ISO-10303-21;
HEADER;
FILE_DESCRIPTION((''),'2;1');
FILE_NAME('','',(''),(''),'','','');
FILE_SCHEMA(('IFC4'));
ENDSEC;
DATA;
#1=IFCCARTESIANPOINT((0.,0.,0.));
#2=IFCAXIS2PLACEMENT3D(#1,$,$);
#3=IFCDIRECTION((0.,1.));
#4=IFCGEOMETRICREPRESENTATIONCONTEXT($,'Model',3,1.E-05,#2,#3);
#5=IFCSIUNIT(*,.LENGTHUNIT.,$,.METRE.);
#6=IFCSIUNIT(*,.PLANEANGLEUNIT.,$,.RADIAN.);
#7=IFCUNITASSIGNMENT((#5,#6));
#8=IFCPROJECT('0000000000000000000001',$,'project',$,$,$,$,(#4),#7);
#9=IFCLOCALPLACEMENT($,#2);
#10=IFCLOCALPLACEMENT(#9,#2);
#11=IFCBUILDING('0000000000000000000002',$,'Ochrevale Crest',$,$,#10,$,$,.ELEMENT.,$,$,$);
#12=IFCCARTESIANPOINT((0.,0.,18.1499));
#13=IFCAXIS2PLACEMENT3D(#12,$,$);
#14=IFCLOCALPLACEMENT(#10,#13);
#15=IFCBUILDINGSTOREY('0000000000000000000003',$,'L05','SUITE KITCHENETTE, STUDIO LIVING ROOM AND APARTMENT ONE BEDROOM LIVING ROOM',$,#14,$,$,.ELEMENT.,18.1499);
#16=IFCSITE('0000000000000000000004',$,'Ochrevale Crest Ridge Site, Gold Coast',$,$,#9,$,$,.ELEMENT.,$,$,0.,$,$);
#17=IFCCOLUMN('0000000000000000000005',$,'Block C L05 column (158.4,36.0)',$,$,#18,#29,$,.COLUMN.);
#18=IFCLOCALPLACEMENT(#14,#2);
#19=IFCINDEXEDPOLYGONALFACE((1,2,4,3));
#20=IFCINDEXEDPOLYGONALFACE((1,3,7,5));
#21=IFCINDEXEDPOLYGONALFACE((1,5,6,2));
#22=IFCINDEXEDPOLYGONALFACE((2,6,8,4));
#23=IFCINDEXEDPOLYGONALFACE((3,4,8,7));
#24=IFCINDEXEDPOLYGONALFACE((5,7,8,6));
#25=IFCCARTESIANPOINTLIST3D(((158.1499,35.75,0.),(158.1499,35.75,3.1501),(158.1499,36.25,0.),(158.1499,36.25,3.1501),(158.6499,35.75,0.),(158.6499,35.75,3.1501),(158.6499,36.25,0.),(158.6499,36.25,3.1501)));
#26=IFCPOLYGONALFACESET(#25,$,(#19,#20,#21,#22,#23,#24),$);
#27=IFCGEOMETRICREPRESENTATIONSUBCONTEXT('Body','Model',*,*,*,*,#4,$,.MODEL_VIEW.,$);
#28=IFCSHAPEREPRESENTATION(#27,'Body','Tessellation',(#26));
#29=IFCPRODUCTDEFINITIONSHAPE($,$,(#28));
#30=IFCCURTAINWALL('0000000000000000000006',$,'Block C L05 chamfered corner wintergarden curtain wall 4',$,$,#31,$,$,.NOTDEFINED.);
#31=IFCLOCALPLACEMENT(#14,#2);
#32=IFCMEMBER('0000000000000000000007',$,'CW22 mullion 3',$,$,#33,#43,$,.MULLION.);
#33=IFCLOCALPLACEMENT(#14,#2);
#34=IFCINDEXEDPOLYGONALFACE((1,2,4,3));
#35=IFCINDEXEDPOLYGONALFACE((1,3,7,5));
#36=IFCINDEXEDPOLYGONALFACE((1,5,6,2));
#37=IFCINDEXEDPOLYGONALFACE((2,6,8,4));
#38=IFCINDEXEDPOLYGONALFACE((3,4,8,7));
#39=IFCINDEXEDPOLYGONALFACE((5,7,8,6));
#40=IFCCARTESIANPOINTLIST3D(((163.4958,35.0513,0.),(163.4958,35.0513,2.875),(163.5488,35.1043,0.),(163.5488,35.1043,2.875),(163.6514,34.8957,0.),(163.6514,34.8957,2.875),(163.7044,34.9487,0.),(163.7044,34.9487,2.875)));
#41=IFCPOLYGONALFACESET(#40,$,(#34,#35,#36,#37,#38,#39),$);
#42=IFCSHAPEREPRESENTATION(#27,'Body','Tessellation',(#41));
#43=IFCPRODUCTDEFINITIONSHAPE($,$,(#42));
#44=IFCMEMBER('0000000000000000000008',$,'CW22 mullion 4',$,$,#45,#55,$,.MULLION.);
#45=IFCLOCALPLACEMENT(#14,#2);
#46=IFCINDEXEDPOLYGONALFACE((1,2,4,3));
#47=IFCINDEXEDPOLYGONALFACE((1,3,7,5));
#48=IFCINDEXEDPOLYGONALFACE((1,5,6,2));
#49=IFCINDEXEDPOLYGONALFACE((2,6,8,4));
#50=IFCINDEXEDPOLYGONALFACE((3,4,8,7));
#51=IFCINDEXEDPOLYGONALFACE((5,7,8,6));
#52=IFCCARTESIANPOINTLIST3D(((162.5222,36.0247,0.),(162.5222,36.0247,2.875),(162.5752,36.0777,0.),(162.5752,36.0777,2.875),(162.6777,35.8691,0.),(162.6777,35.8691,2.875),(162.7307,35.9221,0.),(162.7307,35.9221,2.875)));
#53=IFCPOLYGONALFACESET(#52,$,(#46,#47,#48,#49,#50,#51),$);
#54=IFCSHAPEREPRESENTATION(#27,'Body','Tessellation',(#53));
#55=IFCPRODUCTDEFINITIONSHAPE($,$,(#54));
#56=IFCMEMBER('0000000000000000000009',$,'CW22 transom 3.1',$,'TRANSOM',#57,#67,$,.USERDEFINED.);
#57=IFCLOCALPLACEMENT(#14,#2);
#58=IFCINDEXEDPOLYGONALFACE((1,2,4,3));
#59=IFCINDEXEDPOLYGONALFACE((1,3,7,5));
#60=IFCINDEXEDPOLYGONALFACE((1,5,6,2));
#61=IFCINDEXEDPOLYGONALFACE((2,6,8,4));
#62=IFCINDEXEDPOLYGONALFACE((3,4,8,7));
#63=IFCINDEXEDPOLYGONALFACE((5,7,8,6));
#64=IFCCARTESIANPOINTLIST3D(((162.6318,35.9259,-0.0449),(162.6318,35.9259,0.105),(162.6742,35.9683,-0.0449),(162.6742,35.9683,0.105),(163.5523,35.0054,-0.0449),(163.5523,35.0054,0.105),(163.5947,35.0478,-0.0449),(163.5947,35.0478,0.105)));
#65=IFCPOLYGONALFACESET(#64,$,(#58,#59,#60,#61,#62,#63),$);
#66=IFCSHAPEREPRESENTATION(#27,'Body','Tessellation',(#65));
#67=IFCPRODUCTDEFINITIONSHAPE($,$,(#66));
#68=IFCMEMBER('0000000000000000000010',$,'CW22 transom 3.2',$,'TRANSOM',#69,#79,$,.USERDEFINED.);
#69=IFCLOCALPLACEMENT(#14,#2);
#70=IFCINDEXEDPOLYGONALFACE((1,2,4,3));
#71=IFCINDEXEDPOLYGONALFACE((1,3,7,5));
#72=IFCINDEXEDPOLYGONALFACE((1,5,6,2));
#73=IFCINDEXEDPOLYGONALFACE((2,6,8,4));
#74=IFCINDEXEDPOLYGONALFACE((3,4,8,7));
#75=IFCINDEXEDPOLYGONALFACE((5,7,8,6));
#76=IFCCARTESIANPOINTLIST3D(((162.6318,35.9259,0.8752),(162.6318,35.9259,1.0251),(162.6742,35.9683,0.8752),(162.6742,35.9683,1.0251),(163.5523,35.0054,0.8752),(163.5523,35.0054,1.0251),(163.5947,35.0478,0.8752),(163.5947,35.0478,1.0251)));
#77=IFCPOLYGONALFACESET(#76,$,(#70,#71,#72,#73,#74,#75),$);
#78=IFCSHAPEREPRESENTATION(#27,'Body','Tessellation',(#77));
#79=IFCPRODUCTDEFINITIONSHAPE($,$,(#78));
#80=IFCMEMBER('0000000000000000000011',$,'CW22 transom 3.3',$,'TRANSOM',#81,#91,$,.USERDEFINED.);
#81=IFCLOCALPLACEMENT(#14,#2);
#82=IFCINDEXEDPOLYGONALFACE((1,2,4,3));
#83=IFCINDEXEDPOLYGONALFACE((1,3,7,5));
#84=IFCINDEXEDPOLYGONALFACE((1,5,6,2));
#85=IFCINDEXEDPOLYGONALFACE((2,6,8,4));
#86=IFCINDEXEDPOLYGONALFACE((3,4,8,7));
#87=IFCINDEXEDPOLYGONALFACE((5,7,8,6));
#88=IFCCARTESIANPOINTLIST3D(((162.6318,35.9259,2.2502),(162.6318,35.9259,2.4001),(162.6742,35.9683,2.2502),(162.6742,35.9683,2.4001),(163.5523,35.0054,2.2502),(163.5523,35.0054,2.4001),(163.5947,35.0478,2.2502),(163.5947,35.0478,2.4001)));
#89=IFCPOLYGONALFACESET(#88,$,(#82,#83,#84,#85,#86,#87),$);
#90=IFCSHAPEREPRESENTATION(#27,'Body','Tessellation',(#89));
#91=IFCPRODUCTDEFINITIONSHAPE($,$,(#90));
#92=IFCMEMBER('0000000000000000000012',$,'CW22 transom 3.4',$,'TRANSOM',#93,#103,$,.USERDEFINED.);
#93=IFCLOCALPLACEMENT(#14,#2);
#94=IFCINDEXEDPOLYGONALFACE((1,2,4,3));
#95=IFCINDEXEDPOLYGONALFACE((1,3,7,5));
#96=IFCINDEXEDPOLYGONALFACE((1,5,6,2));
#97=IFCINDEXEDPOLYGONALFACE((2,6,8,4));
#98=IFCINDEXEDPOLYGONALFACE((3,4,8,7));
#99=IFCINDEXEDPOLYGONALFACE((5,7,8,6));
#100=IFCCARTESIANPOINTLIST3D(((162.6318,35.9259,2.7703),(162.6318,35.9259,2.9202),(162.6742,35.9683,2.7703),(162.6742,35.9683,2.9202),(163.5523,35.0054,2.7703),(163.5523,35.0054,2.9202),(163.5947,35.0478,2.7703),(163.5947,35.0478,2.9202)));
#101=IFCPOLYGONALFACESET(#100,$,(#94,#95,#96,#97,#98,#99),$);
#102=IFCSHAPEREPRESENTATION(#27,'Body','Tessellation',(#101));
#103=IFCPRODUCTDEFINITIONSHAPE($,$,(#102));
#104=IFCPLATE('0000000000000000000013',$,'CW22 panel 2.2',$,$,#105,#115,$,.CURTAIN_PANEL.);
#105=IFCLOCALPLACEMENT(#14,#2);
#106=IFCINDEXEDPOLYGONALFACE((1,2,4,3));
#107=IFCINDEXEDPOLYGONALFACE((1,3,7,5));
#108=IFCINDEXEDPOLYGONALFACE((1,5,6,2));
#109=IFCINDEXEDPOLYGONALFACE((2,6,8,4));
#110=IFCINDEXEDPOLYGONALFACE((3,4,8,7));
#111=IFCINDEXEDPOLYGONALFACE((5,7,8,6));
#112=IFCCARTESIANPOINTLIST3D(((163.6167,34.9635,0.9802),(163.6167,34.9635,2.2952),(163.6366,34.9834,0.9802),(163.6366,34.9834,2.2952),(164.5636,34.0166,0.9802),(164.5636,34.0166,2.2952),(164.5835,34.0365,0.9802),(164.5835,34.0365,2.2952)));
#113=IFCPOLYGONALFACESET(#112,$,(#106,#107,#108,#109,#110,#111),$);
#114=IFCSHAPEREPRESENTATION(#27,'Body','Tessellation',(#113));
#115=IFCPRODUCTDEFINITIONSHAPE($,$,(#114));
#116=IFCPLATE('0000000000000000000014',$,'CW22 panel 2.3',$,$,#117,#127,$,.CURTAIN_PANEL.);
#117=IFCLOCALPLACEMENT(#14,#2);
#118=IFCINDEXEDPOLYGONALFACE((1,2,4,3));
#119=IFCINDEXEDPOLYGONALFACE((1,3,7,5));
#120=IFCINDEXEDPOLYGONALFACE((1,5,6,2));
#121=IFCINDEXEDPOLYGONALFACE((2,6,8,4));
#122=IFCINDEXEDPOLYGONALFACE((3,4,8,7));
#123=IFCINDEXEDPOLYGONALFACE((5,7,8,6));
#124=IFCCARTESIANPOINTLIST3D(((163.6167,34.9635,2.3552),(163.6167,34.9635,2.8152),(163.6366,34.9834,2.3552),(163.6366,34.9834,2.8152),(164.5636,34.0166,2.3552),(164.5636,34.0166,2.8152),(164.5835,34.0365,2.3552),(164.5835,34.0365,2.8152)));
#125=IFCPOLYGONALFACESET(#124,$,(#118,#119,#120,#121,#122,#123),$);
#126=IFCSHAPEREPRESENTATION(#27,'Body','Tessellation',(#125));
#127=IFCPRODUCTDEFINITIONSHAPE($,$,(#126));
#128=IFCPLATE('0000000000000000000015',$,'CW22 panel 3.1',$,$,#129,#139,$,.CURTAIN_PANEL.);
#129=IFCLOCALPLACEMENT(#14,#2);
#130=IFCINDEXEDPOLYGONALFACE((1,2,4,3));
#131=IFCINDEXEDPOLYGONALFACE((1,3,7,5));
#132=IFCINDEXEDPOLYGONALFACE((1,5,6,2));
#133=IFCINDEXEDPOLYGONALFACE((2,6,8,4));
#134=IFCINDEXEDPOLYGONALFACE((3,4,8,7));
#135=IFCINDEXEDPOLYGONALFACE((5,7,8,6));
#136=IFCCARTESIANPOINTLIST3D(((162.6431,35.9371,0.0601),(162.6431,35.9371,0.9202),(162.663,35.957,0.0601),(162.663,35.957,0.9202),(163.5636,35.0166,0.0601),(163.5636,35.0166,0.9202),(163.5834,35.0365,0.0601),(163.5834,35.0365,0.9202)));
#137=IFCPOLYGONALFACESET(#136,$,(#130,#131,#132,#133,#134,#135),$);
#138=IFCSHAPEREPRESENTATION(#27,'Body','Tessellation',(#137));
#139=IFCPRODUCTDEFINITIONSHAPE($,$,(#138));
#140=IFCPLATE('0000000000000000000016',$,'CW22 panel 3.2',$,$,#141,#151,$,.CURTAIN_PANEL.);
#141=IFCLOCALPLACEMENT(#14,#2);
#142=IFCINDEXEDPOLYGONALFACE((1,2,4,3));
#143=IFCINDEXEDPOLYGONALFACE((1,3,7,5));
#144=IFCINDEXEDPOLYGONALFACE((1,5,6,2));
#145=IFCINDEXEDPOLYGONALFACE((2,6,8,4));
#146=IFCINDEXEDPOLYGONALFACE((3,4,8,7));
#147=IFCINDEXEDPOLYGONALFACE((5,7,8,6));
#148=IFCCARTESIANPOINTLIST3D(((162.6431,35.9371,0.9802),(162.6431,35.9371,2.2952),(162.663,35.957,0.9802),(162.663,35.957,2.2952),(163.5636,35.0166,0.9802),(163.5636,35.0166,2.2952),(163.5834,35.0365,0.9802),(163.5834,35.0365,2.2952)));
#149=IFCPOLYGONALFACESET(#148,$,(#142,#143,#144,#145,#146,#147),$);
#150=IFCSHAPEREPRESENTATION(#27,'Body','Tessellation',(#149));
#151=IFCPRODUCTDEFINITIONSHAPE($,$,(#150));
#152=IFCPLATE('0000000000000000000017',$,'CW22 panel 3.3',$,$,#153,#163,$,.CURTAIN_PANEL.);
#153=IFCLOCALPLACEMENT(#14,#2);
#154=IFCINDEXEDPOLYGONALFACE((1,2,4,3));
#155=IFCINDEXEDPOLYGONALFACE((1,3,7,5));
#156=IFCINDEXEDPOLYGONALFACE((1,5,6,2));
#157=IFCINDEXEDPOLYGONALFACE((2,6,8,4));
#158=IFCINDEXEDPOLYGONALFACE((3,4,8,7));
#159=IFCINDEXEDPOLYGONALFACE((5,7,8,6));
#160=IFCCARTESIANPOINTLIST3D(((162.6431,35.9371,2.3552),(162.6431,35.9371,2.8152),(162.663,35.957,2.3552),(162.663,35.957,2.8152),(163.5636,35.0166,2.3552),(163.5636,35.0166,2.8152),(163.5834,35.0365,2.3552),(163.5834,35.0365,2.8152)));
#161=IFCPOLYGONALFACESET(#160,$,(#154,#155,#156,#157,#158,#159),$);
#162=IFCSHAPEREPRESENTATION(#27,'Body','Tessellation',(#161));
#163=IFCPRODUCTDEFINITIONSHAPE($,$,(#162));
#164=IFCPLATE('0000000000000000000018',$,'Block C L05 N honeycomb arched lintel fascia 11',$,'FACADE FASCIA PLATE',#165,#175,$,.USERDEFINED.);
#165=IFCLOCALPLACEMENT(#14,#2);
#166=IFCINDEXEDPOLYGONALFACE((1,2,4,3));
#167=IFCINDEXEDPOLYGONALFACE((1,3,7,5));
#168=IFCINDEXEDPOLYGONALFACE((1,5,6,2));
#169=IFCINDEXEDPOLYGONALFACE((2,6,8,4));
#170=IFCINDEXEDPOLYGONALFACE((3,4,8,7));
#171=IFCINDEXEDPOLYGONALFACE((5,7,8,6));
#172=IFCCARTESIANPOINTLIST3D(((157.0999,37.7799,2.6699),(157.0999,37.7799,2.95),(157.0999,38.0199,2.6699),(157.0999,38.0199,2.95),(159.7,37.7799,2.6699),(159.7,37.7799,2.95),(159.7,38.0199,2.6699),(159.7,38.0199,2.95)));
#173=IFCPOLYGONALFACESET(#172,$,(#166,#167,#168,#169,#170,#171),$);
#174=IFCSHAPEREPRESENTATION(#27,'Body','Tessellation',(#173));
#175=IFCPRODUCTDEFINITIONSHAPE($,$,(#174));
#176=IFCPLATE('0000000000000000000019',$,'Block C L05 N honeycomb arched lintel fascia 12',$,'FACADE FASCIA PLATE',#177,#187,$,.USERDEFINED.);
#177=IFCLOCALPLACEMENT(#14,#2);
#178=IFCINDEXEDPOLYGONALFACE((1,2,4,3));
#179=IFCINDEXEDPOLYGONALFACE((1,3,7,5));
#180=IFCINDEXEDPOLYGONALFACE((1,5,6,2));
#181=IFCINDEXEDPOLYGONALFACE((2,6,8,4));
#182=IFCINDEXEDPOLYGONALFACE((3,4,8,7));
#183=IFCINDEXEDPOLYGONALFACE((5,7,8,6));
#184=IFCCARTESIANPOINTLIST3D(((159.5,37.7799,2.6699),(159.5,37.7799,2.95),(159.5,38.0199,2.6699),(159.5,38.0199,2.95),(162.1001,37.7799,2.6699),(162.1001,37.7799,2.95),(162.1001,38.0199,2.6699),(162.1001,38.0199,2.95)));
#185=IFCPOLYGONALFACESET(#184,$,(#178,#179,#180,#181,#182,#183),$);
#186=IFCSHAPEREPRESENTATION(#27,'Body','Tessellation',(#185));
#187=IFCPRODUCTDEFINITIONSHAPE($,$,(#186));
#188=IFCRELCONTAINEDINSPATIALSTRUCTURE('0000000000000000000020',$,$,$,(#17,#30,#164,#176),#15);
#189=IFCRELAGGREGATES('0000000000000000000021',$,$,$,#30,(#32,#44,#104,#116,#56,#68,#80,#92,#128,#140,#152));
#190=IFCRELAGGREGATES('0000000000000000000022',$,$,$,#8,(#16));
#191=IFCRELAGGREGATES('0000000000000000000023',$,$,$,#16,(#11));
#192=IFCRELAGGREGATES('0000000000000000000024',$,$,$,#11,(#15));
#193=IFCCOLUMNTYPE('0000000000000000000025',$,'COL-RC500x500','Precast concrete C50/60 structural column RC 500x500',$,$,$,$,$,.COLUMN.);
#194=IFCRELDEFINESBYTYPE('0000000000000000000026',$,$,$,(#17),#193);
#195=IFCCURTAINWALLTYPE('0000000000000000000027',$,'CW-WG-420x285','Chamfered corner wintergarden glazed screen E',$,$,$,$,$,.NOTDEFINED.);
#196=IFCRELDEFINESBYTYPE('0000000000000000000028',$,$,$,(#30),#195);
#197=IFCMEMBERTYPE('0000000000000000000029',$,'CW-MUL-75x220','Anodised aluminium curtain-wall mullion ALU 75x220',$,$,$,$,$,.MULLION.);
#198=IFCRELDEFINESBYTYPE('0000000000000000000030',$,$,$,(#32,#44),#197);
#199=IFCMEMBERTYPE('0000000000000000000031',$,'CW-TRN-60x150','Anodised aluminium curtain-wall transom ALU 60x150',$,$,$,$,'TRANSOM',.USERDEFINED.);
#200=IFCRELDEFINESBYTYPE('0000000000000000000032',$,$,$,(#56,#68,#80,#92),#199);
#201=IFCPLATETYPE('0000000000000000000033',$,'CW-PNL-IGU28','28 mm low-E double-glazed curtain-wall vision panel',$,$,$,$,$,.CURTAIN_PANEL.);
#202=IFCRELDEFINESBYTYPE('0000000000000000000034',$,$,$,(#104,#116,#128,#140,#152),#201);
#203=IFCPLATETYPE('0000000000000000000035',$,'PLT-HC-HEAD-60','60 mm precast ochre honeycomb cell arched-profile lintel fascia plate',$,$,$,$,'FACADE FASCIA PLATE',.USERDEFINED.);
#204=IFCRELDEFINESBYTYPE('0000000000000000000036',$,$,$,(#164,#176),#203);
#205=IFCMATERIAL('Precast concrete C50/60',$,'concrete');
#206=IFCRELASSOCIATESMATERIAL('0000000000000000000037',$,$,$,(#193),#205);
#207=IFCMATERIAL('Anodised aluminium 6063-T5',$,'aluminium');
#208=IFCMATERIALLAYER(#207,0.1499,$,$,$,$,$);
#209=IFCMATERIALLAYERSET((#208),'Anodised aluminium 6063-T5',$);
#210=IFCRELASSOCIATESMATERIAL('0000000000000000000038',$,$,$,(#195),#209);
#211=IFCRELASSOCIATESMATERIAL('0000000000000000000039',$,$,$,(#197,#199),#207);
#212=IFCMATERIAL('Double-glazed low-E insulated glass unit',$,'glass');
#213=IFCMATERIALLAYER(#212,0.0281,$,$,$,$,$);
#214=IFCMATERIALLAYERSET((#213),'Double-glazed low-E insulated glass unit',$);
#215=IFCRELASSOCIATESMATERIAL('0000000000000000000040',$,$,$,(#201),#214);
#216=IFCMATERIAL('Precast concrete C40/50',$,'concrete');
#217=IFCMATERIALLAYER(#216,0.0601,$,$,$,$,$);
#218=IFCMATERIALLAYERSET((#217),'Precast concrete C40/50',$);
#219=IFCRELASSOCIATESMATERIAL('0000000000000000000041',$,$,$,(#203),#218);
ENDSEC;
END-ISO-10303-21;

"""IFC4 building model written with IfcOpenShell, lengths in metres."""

from ifc_helpers import new_model, si_unit, direction, frame, origin, origin_2d, place, context, subcontext, project, spatial, rectangle, extrude, material, layer, layer_set, material_profile, profile_set, type_object, element, aggregate, save


model = new_model("IFC4")

# Units and contexts
model_context = context("Model", 3, precision=1e-05, world=origin(), true_north=direction((0.0, 1.0)))
body_context = subcontext(model_context, "Body", "Model", "MODEL_VIEW")
ifc_project = project(units=[si_unit("LENGTHUNIT", "METRE"), si_unit("PLANEANGLEUNIT", "RADIAN")], contexts=[model_context])

# Site, building, storey
site_placement = place(None, origin())
site = spatial("IfcSite", under=ifc_project, at=site_placement, Name="Ochrevale Crest Ridge Site, Gold Coast", CompositionType="ELEMENT", RefElevation=0.0)
building_placement = place(site_placement, origin())
building = spatial("IfcBuilding", under=site, at=building_placement, Name="Ochrevale Crest", CompositionType="ELEMENT")
storey_placement = place(building_placement, frame((0.0, 0.0, 18.1499)))
storey = spatial("IfcBuildingStorey", under=building, at=storey_placement, Name="L05", Description="SUITE KITCHENETTE, STUDIO LIVING ROOM AND APARTMENT ONE BEDROOM LIVING ROOM", CompositionType="ELEMENT", Elevation=18.1499)

# Column
ifc_material_1 = material(Name="Precast concrete C50/60", Category="concrete")
ifc_material_profile_1 = material_profile(ifc_material_1, rectangle(XDim=0.5, YDim=0.5, at=origin_2d()), Name="RC 500x500")
ifc_profile_set_1 = profile_set([ifc_material_profile_1], Name="Precast concrete C50/60")
column_type = type_object("IfcColumnType", Name="COL-RC500x500", Description="Precast concrete C50/60 structural column RC 500x500", PredefinedType="COLUMN", material=ifc_profile_set_1)
column_placement = place(storey_placement, frame((158.3999, 36.0, 0.0), z_axis=(0.0, 0.0, 1.0), x_axis=(1.0, 0.0, 0.0)))
element("IfcColumn", 1, at=column_placement, inside=storey, type_object=column_type, Name="Block C L05 column (158.4,36.0)", PredefinedType="COLUMN", context=body_context, shape_type="SweptSolid", body=[
    extrude(rectangle(XDim=0.5, YDim=0.5, at=origin_2d()), origin(), (0.0, 0.0, 1.0), 3.1501),
])

# Curtain wall, members, plates
ifc_material_2 = material(Name="Anodised aluminium 6063-T5", Category="aluminium")
ifc_layer_1 = layer(ifc_material_2, 0.1499)
ifc_layer_set_1 = layer_set([ifc_layer_1], Name="Anodised aluminium 6063-T5")
curtain_wall_type = type_object("IfcCurtainWallType", Name="CW-WG-420x285", Description="Chamfered corner wintergarden glazed screen E", PredefinedType="NOTDEFINED", material=ifc_layer_set_1)
curtain_wall_placement = place(storey_placement, origin())
curtain_wall = element("IfcCurtainWall", 2, at=curtain_wall_placement, inside=storey, type_object=curtain_wall_type, Name="Block C L05 chamfered corner wintergarden curtain wall 4", PredefinedType="NOTDEFINED")
ifc_material_profile_2 = material_profile(ifc_material_2, rectangle(XDim=0.075, YDim=0.22, at=origin_2d()), Name="ALU 75x220")
ifc_profile_set_2 = profile_set([ifc_material_profile_2], Name="Anodised aluminium 6063-T5")
member_type_1 = type_object("IfcMemberType", Name="CW-MUL-75x220", Description="Anodised aluminium curtain-wall mullion ALU 75x220", PredefinedType="MULLION", material=ifc_profile_set_2)
member_1_placement = place(storey_placement, frame((163.6001, 35.0, 0.0), z_axis=(0.0, 0.0, 1.0), x_axis=(-0.707107, -0.707107, 0.0)))
member_1 = element("IfcMember", 3, at=member_1_placement, type_object=member_type_1, Name="CW22 mullion 3", PredefinedType="MULLION", context=body_context, shape_type="SweptSolid", body=[
    extrude(rectangle(XDim=0.075, YDim=0.22, at=origin_2d()), origin(), (0.0, 0.0, 1.0), 2.875),
])
member_2_placement = place(storey_placement, frame((162.6265, 35.9734, 0.0), z_axis=(0.0, 0.0, 1.0), x_axis=(-0.707107, -0.707107, 0.0)))
member_2 = element("IfcMember", 4, at=member_2_placement, type_object=member_type_1, Name="CW22 mullion 4", PredefinedType="MULLION", context=body_context, shape_type="SweptSolid", body=[
    extrude(rectangle(XDim=0.075, YDim=0.22, at=origin_2d()), origin(), (0.0, 0.0, 1.0), 2.875),
])
ifc_material_profile_3 = material_profile(ifc_material_2, rectangle(XDim=0.0601, YDim=0.1499, at=origin_2d()), Name="ALU 60x150")
ifc_profile_set_3 = profile_set([ifc_material_profile_3], Name="Anodised aluminium 6063-T5")
member_type_2 = type_object("IfcMemberType", Name="CW-TRN-60x150", Description="Anodised aluminium curtain-wall transom ALU 60x150", ElementType="TRANSOM", PredefinedType="USERDEFINED", material=ifc_profile_set_3)
member_3_placement = place(storey_placement, frame((163.5735, 35.0266, 0.03), z_axis=(-0.707107, 0.707107, 0.0), x_axis=(-0.707107, -0.707107, 0.0)))
member_3 = element("IfcMember", 5, at=member_3_placement, type_object=member_type_2, Name="CW22 transom 3.1", ObjectType="TRANSOM", PredefinedType="USERDEFINED", context=body_context, shape_type="SweptSolid", body=[
    extrude(rectangle(XDim=0.0601, YDim=0.1499, at=origin_2d()), origin(), (0.0, 0.0, 1.0), 1.3018),
])
member_4_placement = place(storey_placement, frame((163.5735, 35.0266, 0.9502), z_axis=(-0.707107, 0.707107, 0.0), x_axis=(-0.707107, -0.707107, 0.0)))
member_4 = element("IfcMember", 6, at=member_4_placement, type_object=member_type_2, Name="CW22 transom 3.2", ObjectType="TRANSOM", PredefinedType="USERDEFINED", context=body_context, shape_type="SweptSolid", body=[
    extrude(rectangle(XDim=0.0601, YDim=0.1499, at=origin_2d()), origin(), (0.0, 0.0, 1.0), 1.3018),
])
member_5_placement = place(storey_placement, frame((163.5735, 35.0266, 2.3252), z_axis=(-0.707107, 0.707107, 0.0), x_axis=(-0.707107, -0.707107, 0.0)))
member_5 = element("IfcMember", 7, at=member_5_placement, type_object=member_type_2, Name="CW22 transom 3.3", ObjectType="TRANSOM", PredefinedType="USERDEFINED", context=body_context, shape_type="SweptSolid", body=[
    extrude(rectangle(XDim=0.0601, YDim=0.1499, at=origin_2d()), origin(), (0.0, 0.0, 1.0), 1.3018),
])
member_6_placement = place(storey_placement, frame((163.5735, 35.0266, 2.8452), z_axis=(-0.707107, 0.707107, 0.0), x_axis=(-0.707107, -0.707107, 0.0)))
member_6 = element("IfcMember", 8, at=member_6_placement, type_object=member_type_2, Name="CW22 transom 3.4", ObjectType="TRANSOM", PredefinedType="USERDEFINED", context=body_context, shape_type="SweptSolid", body=[
    extrude(rectangle(XDim=0.0601, YDim=0.1499, at=origin_2d()), origin(), (0.0, 0.0, 1.0), 1.3018),
])
ifc_material_3 = material(Name="Double-glazed low-E insulated glass unit", Category="glass")
ifc_layer_2 = layer(ifc_material_3, 0.0281)
ifc_layer_set_2 = layer_set([ifc_layer_2], Name="Double-glazed low-E insulated glass unit")
plate_type_1 = type_object("IfcPlateType", Name="CW-PNL-IGU28", Description="28 mm low-E double-glazed curtain-wall vision panel", PredefinedType="CURTAIN_PANEL", material=ifc_layer_set_2)
plate_1_placement = place(storey_placement, frame((164.1001, 34.5, 0.9802), z_axis=(0.0, 0.0, 1.0), x_axis=(-0.707107, 0.707107, 0.0)))
plate_1 = element("IfcPlate", 9, at=plate_1_placement, type_object=plate_type_1, Name="CW22 panel 2.2", PredefinedType="CURTAIN_PANEL", context=body_context, shape_type="SweptSolid", body=[
    extrude(rectangle(XDim=1.3391, YDim=0.0281, at=origin_2d()), origin(), (0.0, 0.0, 1.0), 1.3149),
])
plate_2_placement = place(storey_placement, frame((164.1001, 34.5, 2.3552), z_axis=(0.0, 0.0, 1.0), x_axis=(-0.707107, 0.707107, 0.0)))
plate_2 = element("IfcPlate", 10, at=plate_2_placement, type_object=plate_type_1, Name="CW22 panel 2.3", PredefinedType="CURTAIN_PANEL", context=body_context, shape_type="SweptSolid", body=[
    extrude(rectangle(XDim=1.3391, YDim=0.0281, at=origin_2d()), origin(), (0.0, 0.0, 1.0), 0.46),
])
plate_3_placement = place(storey_placement, frame((163.1133, 35.4868, 0.0601), z_axis=(0.0, 0.0, 1.0), x_axis=(-0.707107, 0.707107, 0.0)))
plate_3 = element("IfcPlate", 11, at=plate_3_placement, type_object=plate_type_1, Name="CW22 panel 3.1", PredefinedType="CURTAIN_PANEL", context=body_context, shape_type="SweptSolid", body=[
    extrude(rectangle(XDim=1.3018, YDim=0.0281, at=origin_2d()), origin(), (0.0, 0.0, 1.0), 0.8601),
])
plate_4_placement = place(storey_placement, frame((163.1133, 35.4868, 0.9802), z_axis=(0.0, 0.0, 1.0), x_axis=(-0.707107, 0.707107, 0.0)))
plate_4 = element("IfcPlate", 12, at=plate_4_placement, type_object=plate_type_1, Name="CW22 panel 3.2", PredefinedType="CURTAIN_PANEL", context=body_context, shape_type="SweptSolid", body=[
    extrude(rectangle(XDim=1.3018, YDim=0.0281, at=origin_2d()), origin(), (0.0, 0.0, 1.0), 1.3149),
])
plate_5_placement = place(storey_placement, frame((163.1133, 35.4868, 2.3552), z_axis=(0.0, 0.0, 1.0), x_axis=(-0.707107, 0.707107, 0.0)))
plate_5 = element("IfcPlate", 13, at=plate_5_placement, type_object=plate_type_1, Name="CW22 panel 3.3", PredefinedType="CURTAIN_PANEL", context=body_context, shape_type="SweptSolid", body=[
    extrude(rectangle(XDim=1.3018, YDim=0.0281, at=origin_2d()), origin(), (0.0, 0.0, 1.0), 0.46),
])
aggregate(curtain_wall, [member_1, member_2, plate_1, plate_2, member_3, member_4, member_5, member_6, plate_3, plate_4, plate_5])

# Plates
ifc_material_4 = material(Name="Precast concrete C40/50", Category="concrete")
ifc_layer_3 = layer(ifc_material_4, 0.0601)
ifc_layer_set_3 = layer_set([ifc_layer_3], Name="Precast concrete C40/50")
plate_type_2 = type_object("IfcPlateType", Name="PLT-HC-HEAD-60", Description="60 mm precast ochre honeycomb cell arched-profile lintel fascia plate", ElementType="FACADE FASCIA PLATE", PredefinedType="USERDEFINED", material=ifc_layer_set_3)
for number, where, z_axis, x_axis, name in (
    (14, (158.3999, 37.8999, 2.6699), (0.0, 0.0, 1.0), (1.0, 0.0, 0.0), "Block C L05 N honeycomb arched lintel fascia 11"),
    (15, (160.8, 37.8999, 2.6699), (0.0, 0.0, 1.0), (1.0, 0.0, 0.0), "Block C L05 N honeycomb arched lintel fascia 12"),
):
    element("IfcPlate", number, at=place(storey_placement, frame(where, z_axis=z_axis, x_axis=x_axis)), inside=storey, type_object=plate_type_2, Name=name, ObjectType="FACADE FASCIA PLATE", PredefinedType="USERDEFINED", context=body_context, shape_type="SweptSolid", body=[
        extrude(rectangle(XDim=2.6001, YDim=0.24, at=origin_2d()), origin(), (0.0, 0.0, 1.0), 0.28),
    ])

save(model, "model.ifc")
